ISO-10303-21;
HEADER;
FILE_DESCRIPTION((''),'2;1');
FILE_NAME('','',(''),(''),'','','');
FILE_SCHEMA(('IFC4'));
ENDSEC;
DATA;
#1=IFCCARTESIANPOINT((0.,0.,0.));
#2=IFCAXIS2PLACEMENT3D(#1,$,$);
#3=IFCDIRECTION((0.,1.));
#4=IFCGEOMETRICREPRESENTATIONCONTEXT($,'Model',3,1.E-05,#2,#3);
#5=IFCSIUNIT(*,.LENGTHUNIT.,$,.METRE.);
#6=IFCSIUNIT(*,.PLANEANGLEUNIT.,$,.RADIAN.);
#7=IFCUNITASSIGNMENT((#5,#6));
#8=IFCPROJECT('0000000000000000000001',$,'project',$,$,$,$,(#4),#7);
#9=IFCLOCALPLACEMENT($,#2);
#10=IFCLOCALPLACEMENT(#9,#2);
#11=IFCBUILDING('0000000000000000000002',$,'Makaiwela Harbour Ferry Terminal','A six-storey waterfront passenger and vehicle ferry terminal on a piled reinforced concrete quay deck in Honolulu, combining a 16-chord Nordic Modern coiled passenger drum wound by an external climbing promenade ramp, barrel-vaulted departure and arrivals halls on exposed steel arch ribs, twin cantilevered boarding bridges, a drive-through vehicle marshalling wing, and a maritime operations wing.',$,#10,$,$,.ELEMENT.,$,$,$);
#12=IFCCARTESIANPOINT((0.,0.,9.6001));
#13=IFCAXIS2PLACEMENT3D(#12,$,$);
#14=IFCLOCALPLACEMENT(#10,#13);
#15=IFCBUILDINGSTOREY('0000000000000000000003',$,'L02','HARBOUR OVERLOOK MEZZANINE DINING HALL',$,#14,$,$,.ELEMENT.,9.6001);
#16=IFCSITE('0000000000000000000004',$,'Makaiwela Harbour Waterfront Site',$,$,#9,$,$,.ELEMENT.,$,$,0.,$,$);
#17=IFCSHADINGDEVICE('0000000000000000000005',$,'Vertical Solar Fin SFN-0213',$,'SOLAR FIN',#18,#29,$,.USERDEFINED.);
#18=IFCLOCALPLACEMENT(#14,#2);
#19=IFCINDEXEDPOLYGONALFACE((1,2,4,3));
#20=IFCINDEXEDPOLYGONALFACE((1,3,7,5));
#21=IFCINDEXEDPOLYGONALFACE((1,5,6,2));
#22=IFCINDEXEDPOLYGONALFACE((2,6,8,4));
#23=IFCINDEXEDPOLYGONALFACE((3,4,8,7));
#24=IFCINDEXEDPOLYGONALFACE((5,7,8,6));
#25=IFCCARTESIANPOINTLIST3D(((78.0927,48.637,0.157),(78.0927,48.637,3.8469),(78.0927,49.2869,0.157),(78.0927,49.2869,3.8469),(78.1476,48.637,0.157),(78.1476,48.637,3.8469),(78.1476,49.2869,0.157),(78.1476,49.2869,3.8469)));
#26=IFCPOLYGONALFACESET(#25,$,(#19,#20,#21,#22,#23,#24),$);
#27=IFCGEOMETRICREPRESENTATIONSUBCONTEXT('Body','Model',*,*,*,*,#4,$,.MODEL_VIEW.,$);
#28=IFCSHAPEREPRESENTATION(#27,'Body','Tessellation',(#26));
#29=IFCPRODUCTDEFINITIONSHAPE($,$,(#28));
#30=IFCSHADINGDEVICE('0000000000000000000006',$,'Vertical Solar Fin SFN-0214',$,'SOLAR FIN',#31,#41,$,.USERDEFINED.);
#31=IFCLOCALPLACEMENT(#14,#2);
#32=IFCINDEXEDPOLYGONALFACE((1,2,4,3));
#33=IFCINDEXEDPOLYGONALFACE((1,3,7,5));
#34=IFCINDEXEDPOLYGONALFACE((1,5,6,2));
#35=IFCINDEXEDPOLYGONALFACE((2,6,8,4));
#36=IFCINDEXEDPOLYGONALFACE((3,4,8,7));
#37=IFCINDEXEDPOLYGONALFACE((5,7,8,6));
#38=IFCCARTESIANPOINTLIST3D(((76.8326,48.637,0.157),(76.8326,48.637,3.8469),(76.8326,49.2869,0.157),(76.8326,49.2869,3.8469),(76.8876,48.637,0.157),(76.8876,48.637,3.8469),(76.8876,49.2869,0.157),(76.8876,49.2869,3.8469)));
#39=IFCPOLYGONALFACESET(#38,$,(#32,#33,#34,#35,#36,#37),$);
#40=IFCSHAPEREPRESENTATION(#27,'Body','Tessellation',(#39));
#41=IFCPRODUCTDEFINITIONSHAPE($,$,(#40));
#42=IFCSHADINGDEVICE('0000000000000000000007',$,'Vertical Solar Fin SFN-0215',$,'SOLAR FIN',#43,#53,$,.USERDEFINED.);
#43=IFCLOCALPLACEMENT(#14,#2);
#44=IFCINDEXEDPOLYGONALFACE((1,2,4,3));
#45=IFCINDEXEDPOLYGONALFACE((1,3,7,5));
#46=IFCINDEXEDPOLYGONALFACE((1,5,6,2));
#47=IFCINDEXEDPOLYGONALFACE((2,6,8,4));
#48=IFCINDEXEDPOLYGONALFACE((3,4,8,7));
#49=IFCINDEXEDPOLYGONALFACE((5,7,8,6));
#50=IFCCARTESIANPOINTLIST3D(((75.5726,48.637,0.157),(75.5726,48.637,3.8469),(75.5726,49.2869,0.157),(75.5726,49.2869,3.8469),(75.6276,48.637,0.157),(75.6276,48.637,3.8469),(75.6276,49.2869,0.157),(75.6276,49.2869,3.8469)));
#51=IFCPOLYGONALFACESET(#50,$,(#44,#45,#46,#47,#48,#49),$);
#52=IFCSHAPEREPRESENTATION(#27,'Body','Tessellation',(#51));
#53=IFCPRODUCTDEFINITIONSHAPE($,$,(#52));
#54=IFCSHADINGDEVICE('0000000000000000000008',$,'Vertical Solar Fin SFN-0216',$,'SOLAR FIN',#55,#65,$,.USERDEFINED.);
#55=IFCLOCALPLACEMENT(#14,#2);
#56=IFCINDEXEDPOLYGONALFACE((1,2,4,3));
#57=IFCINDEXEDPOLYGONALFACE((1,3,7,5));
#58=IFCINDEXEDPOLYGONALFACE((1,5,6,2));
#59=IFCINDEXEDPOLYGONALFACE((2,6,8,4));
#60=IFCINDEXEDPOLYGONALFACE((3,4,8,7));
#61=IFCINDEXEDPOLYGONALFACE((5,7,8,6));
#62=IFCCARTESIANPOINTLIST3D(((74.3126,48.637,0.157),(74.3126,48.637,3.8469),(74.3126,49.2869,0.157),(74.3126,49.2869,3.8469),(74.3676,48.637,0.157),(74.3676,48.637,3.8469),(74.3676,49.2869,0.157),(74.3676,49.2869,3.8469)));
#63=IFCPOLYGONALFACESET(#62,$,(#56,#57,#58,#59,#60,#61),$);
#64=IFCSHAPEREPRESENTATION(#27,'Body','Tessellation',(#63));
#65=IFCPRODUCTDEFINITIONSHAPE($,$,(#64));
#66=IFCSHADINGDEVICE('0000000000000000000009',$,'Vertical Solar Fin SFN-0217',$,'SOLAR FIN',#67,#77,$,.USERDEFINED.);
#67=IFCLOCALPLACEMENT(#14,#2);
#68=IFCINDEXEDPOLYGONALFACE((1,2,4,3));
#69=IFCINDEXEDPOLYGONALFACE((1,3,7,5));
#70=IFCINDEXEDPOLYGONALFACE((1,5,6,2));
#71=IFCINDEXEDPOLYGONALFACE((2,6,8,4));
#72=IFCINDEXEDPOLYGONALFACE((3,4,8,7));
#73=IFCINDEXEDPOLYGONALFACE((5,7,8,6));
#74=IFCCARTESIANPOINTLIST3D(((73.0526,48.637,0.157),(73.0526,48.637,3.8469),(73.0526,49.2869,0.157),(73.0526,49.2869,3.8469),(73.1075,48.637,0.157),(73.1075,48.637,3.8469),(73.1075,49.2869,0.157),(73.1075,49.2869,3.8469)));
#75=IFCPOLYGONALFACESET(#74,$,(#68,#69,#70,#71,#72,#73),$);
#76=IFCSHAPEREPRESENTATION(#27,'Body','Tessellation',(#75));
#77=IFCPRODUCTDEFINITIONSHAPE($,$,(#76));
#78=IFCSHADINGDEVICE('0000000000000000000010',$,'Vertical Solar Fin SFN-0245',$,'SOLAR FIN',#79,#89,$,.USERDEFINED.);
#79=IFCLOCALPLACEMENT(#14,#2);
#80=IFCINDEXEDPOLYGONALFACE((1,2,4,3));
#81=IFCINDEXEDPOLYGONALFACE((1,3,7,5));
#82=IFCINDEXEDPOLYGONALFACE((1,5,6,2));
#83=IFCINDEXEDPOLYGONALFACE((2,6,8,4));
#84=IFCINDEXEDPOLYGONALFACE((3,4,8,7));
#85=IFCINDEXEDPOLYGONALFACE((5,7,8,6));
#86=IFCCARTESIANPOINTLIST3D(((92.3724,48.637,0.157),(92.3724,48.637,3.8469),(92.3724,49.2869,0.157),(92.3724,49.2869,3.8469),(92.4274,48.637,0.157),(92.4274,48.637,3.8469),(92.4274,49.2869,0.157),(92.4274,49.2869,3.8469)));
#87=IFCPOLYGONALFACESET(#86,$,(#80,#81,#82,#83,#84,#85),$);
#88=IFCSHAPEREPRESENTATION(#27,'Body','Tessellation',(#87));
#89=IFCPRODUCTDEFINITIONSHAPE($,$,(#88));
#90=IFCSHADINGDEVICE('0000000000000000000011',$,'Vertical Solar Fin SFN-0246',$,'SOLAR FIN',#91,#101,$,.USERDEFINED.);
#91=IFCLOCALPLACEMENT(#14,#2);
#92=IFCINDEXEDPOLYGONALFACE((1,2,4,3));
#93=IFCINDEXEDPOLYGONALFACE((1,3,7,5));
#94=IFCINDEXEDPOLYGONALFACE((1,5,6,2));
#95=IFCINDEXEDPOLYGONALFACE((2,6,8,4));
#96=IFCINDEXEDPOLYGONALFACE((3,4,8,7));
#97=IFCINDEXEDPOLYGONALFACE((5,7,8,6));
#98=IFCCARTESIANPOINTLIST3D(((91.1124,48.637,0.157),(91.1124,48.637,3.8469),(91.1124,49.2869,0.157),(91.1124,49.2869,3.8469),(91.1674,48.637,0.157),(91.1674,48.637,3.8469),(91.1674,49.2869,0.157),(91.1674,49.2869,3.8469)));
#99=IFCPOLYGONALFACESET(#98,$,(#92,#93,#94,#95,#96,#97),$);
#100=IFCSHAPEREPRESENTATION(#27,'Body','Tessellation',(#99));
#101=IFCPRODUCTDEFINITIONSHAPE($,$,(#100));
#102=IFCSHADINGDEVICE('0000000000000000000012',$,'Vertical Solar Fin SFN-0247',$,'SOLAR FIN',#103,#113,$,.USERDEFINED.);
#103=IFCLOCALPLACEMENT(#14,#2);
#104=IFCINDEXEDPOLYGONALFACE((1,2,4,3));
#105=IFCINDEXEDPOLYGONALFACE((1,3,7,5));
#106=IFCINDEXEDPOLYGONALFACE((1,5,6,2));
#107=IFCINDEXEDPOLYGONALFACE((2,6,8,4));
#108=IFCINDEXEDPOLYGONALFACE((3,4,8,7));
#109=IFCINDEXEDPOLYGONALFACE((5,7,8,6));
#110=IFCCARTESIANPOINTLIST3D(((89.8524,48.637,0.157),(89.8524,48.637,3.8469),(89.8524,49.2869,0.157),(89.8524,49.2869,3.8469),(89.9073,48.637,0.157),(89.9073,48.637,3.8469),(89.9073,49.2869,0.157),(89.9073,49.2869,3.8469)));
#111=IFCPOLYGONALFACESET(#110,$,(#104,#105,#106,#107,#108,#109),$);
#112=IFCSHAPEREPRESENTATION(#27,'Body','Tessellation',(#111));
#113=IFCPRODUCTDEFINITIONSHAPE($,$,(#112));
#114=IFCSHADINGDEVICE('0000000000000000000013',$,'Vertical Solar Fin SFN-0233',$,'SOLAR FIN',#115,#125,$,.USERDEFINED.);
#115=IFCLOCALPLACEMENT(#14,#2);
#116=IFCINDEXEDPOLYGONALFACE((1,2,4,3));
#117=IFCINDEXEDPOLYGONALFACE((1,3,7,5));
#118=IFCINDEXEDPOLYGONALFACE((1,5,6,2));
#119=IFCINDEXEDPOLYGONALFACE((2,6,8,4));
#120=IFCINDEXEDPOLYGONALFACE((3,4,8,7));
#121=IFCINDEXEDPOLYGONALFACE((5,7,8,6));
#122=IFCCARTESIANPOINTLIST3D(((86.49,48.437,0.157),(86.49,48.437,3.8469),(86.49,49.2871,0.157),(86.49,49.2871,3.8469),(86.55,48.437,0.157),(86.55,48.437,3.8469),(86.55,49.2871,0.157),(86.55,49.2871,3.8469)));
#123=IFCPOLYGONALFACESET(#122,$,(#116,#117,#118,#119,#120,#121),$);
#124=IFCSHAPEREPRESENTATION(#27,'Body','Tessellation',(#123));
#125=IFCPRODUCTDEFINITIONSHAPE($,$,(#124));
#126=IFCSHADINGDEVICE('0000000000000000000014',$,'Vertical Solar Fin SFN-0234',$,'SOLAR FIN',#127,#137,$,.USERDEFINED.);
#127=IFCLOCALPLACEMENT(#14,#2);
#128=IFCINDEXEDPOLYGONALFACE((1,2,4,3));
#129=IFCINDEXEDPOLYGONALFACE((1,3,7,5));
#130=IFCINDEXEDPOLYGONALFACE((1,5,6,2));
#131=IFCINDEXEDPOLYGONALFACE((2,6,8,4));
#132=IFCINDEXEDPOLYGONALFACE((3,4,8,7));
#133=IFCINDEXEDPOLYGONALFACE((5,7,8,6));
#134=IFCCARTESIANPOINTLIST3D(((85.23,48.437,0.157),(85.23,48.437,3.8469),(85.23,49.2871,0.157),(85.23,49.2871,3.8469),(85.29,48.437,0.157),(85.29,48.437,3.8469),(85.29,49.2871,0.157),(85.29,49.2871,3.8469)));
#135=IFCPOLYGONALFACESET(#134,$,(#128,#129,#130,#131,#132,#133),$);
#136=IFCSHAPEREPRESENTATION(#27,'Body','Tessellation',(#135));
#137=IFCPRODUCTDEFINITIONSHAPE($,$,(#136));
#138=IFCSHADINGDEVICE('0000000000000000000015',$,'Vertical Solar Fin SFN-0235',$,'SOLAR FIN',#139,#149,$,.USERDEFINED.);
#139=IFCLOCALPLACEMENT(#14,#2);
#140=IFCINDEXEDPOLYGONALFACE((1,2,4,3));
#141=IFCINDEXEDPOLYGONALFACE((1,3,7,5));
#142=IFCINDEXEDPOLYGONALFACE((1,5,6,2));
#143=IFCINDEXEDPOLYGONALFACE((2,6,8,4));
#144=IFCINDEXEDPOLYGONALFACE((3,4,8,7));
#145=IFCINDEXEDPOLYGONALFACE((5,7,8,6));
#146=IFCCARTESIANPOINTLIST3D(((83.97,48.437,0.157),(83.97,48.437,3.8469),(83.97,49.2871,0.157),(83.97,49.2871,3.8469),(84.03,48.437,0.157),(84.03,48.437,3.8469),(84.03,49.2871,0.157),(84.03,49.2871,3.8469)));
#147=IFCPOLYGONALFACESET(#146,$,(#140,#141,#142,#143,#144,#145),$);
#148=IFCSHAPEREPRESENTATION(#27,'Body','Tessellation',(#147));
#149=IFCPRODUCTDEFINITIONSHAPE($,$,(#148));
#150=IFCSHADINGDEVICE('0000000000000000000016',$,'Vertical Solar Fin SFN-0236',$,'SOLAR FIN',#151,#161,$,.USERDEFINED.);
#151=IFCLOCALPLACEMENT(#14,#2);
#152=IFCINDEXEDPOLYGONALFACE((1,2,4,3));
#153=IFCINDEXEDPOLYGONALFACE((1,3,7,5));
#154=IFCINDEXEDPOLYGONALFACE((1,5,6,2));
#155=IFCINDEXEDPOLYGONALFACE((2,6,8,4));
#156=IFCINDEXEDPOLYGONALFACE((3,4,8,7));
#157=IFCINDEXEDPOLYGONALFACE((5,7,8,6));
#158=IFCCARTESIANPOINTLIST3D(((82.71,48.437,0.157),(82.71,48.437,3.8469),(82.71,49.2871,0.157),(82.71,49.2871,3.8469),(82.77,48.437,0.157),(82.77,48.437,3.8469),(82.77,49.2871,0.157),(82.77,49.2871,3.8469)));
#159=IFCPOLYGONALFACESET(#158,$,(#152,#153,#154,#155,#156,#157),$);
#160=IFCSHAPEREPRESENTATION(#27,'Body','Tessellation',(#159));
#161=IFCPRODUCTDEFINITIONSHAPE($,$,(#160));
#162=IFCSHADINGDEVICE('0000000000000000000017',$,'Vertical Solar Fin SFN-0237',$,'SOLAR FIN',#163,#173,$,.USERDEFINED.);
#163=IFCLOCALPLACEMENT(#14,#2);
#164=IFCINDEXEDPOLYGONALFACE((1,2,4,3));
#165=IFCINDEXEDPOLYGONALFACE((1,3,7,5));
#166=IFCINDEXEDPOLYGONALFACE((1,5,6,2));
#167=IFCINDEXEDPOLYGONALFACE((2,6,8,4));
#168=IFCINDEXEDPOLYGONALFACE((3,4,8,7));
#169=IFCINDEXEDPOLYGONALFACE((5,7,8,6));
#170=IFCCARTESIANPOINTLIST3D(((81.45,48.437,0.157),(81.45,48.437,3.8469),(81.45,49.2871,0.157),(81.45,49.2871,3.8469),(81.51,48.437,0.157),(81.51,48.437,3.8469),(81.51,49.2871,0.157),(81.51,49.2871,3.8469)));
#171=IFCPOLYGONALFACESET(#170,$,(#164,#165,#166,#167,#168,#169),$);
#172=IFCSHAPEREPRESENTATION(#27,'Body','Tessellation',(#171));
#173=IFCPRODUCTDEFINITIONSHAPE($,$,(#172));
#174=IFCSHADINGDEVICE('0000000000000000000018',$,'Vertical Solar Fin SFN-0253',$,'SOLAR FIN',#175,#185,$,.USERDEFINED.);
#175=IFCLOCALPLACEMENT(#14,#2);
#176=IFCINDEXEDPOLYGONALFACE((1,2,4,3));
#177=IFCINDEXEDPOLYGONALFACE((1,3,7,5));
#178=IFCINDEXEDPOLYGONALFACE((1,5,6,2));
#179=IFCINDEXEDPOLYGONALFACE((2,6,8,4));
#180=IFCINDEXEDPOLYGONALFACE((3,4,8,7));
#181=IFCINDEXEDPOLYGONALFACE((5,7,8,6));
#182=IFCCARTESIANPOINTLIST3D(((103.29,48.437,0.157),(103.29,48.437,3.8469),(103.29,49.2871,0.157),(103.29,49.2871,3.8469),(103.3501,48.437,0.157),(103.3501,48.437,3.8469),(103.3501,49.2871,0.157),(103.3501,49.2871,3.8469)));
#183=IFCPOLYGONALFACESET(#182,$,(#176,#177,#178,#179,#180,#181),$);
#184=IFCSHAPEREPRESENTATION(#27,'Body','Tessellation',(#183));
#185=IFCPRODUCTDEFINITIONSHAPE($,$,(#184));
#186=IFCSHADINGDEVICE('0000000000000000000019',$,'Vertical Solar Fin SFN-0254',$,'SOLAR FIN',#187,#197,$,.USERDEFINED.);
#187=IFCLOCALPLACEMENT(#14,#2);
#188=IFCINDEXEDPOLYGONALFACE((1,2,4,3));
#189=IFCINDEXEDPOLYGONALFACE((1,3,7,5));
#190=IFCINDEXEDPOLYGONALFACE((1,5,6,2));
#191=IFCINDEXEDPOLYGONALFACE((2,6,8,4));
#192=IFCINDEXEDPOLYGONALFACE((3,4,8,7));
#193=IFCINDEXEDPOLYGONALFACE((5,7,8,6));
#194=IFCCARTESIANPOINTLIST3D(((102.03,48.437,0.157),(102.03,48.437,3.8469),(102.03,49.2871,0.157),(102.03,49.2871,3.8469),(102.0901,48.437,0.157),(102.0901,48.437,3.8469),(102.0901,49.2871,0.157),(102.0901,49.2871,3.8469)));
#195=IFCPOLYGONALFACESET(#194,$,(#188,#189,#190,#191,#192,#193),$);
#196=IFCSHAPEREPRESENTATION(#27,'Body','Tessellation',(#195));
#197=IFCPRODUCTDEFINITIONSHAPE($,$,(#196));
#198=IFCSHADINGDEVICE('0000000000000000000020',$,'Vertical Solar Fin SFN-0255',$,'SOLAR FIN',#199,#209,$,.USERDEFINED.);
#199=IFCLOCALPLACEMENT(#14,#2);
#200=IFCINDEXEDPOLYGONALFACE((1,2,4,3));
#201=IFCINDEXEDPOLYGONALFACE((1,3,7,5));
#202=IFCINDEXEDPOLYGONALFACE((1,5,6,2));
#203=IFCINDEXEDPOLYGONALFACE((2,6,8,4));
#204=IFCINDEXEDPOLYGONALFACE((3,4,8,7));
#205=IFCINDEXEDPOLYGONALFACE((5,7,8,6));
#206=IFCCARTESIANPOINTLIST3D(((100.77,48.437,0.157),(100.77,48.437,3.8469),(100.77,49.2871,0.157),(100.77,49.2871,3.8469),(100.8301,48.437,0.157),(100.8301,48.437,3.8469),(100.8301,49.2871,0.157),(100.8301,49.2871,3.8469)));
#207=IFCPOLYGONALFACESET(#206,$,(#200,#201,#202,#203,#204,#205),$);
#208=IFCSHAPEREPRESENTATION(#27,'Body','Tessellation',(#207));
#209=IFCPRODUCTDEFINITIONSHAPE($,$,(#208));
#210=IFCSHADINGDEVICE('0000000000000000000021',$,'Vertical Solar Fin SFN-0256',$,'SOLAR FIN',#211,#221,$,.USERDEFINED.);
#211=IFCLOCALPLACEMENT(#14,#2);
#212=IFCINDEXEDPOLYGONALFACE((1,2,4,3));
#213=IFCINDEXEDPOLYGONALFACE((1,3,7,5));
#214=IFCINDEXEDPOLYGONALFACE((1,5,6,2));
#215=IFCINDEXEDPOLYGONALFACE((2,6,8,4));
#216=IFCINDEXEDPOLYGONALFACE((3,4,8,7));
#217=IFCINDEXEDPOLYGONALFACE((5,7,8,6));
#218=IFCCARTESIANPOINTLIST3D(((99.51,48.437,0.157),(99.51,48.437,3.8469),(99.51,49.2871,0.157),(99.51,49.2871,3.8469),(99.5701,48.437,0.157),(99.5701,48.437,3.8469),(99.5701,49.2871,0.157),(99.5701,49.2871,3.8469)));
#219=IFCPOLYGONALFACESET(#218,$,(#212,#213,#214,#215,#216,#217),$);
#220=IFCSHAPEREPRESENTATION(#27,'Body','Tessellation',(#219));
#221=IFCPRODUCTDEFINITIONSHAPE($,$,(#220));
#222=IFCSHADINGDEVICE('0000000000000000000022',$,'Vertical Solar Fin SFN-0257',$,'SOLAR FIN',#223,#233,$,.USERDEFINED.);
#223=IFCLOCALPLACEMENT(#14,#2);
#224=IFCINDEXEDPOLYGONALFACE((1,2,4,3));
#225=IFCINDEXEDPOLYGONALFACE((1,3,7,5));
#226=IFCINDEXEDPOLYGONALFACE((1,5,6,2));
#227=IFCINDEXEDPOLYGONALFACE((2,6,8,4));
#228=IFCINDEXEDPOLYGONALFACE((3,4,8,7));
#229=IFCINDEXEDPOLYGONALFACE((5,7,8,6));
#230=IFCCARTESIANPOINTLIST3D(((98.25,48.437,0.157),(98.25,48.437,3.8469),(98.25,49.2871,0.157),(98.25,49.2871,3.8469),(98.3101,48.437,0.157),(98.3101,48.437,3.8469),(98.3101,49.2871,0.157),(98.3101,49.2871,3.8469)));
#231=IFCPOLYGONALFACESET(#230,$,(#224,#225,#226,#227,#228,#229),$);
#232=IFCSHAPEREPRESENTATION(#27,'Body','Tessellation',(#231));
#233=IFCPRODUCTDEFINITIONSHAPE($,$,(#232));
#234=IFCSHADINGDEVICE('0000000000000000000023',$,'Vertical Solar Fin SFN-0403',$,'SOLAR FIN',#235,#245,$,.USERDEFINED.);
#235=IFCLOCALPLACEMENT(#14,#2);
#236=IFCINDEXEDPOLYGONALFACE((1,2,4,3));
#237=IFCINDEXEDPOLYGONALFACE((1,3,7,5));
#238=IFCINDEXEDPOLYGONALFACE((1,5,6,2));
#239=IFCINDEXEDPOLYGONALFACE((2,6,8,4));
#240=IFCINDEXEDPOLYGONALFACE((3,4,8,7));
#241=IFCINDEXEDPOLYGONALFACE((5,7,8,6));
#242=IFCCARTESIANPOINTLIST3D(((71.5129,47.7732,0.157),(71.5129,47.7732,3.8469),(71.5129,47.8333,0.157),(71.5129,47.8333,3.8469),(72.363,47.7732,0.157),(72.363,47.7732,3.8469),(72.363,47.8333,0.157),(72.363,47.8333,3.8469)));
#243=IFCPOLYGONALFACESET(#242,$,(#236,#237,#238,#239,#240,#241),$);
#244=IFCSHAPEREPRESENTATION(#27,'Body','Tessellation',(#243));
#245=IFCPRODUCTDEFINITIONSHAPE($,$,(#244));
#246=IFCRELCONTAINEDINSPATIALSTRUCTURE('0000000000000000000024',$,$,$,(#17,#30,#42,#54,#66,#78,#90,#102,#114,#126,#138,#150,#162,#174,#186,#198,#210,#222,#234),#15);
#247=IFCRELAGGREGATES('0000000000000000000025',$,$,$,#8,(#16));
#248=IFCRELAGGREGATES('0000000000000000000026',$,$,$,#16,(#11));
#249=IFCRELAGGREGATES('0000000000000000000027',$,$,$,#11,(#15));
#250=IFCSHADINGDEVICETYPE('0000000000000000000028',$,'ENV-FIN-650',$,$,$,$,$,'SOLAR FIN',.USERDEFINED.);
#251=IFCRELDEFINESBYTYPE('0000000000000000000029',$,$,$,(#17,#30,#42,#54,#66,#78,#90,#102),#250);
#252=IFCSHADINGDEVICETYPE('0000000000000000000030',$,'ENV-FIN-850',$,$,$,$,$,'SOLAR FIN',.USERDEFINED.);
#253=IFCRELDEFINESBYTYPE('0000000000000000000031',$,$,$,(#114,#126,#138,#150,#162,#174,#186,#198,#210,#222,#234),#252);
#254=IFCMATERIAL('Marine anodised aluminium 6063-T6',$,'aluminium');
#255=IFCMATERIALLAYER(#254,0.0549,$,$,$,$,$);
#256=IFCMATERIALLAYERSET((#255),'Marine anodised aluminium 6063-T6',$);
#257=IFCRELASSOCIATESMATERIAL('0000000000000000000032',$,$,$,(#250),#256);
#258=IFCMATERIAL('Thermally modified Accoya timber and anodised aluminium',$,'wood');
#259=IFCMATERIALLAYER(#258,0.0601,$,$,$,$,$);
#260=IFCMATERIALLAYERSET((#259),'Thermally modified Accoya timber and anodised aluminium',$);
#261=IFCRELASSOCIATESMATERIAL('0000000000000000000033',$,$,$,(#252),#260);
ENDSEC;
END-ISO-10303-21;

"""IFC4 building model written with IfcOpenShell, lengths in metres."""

from ifc_helpers import new_model, si_unit, direction, frame, origin, origin_2d, place, context, subcontext, project, spatial, rectangle, extrude, material, layer, layer_set, type_object, element, save


model = new_model("IFC4")

# Units and contexts
model_context = context("Model", 3, precision=1e-05, world=origin(), true_north=direction((0.0, 1.0)))
body_context = subcontext(model_context, "Body", "Model", "MODEL_VIEW")
ifc_project = project(units=[si_unit("LENGTHUNIT", "METRE"), si_unit("PLANEANGLEUNIT", "RADIAN")], contexts=[model_context])

# Site, building, storey
site_placement = place(None, origin())
site = spatial("IfcSite", under=ifc_project, at=site_placement, Name="Makaiwela Harbour Waterfront Site", CompositionType="ELEMENT", RefElevation=0.0)
building_placement = place(site_placement, origin())
building = spatial("IfcBuilding", under=site, at=building_placement, Name="Makaiwela Harbour Ferry Terminal", Description="A six-storey waterfront passenger and vehicle ferry terminal on a piled reinforced concrete quay deck in Honolulu, combining a 16-chord Nordic Modern coiled passenger drum wound by an external climbing promenade ramp, barrel-vaulted departure and arrivals halls on exposed steel arch ribs, twin cantilevered boarding bridges, a drive-through vehicle marshalling wing, and a maritime operations wing.", CompositionType="ELEMENT")
storey_placement = place(building_placement, frame((0.0, 0.0, 9.6001)))
storey = spatial("IfcBuildingStorey", under=building, at=storey_placement, Name="L02", Description="HARBOUR OVERLOOK MEZZANINE DINING HALL", CompositionType="ELEMENT", Elevation=9.6001)

# Shading devices
ifc_material_1 = material(Name="Marine anodised aluminium 6063-T6", Category="aluminium")
ifc_layer_1 = layer(ifc_material_1, 0.0549)
ifc_layer_set_1 = layer_set([ifc_layer_1], Name="Marine anodised aluminium 6063-T6")
shading_device_type_1 = type_object("IfcShadingDeviceType", Name="ENV-FIN-650", ElementType="SOLAR FIN", PredefinedType="USERDEFINED", material=ifc_layer_set_1)
for number, where, z_axis, x_axis, name in (
    (1, (78.1201, 48.9619, 0.157), (0.0, 0.0, 1.0), (0.0, -1.0, 0.0), "Vertical Solar Fin SFN-0213"),
    (2, (76.8601, 48.9619, 0.157), (0.0, 0.0, 1.0), (0.0, -1.0, 0.0), "Vertical Solar Fin SFN-0214"),
    (3, (75.6001, 48.9619, 0.157), (0.0, 0.0, 1.0), (0.0, -1.0, 0.0), "Vertical Solar Fin SFN-0215"),
    (4, (74.3401, 48.9619, 0.157), (0.0, 0.0, 1.0), (0.0, -1.0, 0.0), "Vertical Solar Fin SFN-0216"),
    (5, (73.0801, 48.9619, 0.157), (0.0, 0.0, 1.0), (0.0, -1.0, 0.0), "Vertical Solar Fin SFN-0217"),
    (6, (92.3999, 48.9619, 0.157), (0.0, 0.0, 1.0), (0.0, -1.0, 0.0), "Vertical Solar Fin SFN-0245"),
    (7, (91.1399, 48.9619, 0.157), (0.0, 0.0, 1.0), (0.0, -1.0, 0.0), "Vertical Solar Fin SFN-0246"),
    (8, (89.8799, 48.9619, 0.157), (0.0, 0.0, 1.0), (0.0, -1.0, 0.0), "Vertical Solar Fin SFN-0247"),
):
    element("IfcShadingDevice", number, at=place(storey_placement, frame(where, z_axis=z_axis, x_axis=x_axis)), inside=storey, type_object=shading_device_type_1, Name=name, ObjectType="SOLAR FIN", PredefinedType="USERDEFINED", context=body_context, shape_type="SweptSolid", body=[
        extrude(rectangle(XDim=0.6499, YDim=0.0549, at=origin_2d()), origin(), (0.0, 0.0, 1.0), 3.6899),
    ])
ifc_material_2 = material(Name="Thermally modified Accoya timber and anodised aluminium", Category="wood")
ifc_layer_2 = layer(ifc_material_2, 0.0601)
ifc_layer_set_2 = layer_set([ifc_layer_2], Name="Thermally modified Accoya timber and anodised aluminium")
shading_device_type_2 = type_object("IfcShadingDeviceType", Name="ENV-FIN-850", ElementType="SOLAR FIN", PredefinedType="USERDEFINED", material=ifc_layer_set_2)
for number, where, z_axis, x_axis, name in (
    (9, (86.52, 48.8621, 0.157), (0.0, 0.0, 1.0), (0.0, -1.0, 0.0), "Vertical Solar Fin SFN-0233"),
    (10, (85.26, 48.8621, 0.157), (0.0, 0.0, 1.0), (0.0, -1.0, 0.0), "Vertical Solar Fin SFN-0234"),
    (11, (84.0, 48.8621, 0.157), (0.0, 0.0, 1.0), (0.0, -1.0, 0.0), "Vertical Solar Fin SFN-0235"),
    (12, (82.74, 48.8621, 0.157), (0.0, 0.0, 1.0), (0.0, -1.0, 0.0), "Vertical Solar Fin SFN-0236"),
    (13, (81.48, 48.8621, 0.157), (0.0, 0.0, 1.0), (0.0, -1.0, 0.0), "Vertical Solar Fin SFN-0237"),
    (14, (103.3201, 48.8621, 0.157), (0.0, 0.0, 1.0), (0.0, -1.0, 0.0), "Vertical Solar Fin SFN-0253"),
    (15, (102.0601, 48.8621, 0.157), (0.0, 0.0, 1.0), (0.0, -1.0, 0.0), "Vertical Solar Fin SFN-0254"),
    (16, (100.8, 48.8621, 0.157), (0.0, 0.0, 1.0), (0.0, -1.0, 0.0), "Vertical Solar Fin SFN-0255"),
    (17, (99.54, 48.8621, 0.157), (0.0, 0.0, 1.0), (0.0, -1.0, 0.0), "Vertical Solar Fin SFN-0256"),
    (18, (98.28, 48.8621, 0.157), (0.0, 0.0, 1.0), (0.0, -1.0, 0.0), "Vertical Solar Fin SFN-0257"),
    (19, (71.938, 47.8032, 0.157), (0.0, 0.0, 1.0), (1.0, 0.0, 0.0), "Vertical Solar Fin SFN-0403"),
):
    element("IfcShadingDevice", number, at=place(storey_placement, frame(where, z_axis=z_axis, x_axis=x_axis)), inside=storey, type_object=shading_device_type_2, Name=name, ObjectType="SOLAR FIN", PredefinedType="USERDEFINED", context=body_context, shape_type="SweptSolid", body=[
        extrude(rectangle(XDim=0.8501, YDim=0.0601, at=origin_2d()), origin(), (0.0, 0.0, 1.0), 3.6899),
    ])

save(model, "model.ifc")
